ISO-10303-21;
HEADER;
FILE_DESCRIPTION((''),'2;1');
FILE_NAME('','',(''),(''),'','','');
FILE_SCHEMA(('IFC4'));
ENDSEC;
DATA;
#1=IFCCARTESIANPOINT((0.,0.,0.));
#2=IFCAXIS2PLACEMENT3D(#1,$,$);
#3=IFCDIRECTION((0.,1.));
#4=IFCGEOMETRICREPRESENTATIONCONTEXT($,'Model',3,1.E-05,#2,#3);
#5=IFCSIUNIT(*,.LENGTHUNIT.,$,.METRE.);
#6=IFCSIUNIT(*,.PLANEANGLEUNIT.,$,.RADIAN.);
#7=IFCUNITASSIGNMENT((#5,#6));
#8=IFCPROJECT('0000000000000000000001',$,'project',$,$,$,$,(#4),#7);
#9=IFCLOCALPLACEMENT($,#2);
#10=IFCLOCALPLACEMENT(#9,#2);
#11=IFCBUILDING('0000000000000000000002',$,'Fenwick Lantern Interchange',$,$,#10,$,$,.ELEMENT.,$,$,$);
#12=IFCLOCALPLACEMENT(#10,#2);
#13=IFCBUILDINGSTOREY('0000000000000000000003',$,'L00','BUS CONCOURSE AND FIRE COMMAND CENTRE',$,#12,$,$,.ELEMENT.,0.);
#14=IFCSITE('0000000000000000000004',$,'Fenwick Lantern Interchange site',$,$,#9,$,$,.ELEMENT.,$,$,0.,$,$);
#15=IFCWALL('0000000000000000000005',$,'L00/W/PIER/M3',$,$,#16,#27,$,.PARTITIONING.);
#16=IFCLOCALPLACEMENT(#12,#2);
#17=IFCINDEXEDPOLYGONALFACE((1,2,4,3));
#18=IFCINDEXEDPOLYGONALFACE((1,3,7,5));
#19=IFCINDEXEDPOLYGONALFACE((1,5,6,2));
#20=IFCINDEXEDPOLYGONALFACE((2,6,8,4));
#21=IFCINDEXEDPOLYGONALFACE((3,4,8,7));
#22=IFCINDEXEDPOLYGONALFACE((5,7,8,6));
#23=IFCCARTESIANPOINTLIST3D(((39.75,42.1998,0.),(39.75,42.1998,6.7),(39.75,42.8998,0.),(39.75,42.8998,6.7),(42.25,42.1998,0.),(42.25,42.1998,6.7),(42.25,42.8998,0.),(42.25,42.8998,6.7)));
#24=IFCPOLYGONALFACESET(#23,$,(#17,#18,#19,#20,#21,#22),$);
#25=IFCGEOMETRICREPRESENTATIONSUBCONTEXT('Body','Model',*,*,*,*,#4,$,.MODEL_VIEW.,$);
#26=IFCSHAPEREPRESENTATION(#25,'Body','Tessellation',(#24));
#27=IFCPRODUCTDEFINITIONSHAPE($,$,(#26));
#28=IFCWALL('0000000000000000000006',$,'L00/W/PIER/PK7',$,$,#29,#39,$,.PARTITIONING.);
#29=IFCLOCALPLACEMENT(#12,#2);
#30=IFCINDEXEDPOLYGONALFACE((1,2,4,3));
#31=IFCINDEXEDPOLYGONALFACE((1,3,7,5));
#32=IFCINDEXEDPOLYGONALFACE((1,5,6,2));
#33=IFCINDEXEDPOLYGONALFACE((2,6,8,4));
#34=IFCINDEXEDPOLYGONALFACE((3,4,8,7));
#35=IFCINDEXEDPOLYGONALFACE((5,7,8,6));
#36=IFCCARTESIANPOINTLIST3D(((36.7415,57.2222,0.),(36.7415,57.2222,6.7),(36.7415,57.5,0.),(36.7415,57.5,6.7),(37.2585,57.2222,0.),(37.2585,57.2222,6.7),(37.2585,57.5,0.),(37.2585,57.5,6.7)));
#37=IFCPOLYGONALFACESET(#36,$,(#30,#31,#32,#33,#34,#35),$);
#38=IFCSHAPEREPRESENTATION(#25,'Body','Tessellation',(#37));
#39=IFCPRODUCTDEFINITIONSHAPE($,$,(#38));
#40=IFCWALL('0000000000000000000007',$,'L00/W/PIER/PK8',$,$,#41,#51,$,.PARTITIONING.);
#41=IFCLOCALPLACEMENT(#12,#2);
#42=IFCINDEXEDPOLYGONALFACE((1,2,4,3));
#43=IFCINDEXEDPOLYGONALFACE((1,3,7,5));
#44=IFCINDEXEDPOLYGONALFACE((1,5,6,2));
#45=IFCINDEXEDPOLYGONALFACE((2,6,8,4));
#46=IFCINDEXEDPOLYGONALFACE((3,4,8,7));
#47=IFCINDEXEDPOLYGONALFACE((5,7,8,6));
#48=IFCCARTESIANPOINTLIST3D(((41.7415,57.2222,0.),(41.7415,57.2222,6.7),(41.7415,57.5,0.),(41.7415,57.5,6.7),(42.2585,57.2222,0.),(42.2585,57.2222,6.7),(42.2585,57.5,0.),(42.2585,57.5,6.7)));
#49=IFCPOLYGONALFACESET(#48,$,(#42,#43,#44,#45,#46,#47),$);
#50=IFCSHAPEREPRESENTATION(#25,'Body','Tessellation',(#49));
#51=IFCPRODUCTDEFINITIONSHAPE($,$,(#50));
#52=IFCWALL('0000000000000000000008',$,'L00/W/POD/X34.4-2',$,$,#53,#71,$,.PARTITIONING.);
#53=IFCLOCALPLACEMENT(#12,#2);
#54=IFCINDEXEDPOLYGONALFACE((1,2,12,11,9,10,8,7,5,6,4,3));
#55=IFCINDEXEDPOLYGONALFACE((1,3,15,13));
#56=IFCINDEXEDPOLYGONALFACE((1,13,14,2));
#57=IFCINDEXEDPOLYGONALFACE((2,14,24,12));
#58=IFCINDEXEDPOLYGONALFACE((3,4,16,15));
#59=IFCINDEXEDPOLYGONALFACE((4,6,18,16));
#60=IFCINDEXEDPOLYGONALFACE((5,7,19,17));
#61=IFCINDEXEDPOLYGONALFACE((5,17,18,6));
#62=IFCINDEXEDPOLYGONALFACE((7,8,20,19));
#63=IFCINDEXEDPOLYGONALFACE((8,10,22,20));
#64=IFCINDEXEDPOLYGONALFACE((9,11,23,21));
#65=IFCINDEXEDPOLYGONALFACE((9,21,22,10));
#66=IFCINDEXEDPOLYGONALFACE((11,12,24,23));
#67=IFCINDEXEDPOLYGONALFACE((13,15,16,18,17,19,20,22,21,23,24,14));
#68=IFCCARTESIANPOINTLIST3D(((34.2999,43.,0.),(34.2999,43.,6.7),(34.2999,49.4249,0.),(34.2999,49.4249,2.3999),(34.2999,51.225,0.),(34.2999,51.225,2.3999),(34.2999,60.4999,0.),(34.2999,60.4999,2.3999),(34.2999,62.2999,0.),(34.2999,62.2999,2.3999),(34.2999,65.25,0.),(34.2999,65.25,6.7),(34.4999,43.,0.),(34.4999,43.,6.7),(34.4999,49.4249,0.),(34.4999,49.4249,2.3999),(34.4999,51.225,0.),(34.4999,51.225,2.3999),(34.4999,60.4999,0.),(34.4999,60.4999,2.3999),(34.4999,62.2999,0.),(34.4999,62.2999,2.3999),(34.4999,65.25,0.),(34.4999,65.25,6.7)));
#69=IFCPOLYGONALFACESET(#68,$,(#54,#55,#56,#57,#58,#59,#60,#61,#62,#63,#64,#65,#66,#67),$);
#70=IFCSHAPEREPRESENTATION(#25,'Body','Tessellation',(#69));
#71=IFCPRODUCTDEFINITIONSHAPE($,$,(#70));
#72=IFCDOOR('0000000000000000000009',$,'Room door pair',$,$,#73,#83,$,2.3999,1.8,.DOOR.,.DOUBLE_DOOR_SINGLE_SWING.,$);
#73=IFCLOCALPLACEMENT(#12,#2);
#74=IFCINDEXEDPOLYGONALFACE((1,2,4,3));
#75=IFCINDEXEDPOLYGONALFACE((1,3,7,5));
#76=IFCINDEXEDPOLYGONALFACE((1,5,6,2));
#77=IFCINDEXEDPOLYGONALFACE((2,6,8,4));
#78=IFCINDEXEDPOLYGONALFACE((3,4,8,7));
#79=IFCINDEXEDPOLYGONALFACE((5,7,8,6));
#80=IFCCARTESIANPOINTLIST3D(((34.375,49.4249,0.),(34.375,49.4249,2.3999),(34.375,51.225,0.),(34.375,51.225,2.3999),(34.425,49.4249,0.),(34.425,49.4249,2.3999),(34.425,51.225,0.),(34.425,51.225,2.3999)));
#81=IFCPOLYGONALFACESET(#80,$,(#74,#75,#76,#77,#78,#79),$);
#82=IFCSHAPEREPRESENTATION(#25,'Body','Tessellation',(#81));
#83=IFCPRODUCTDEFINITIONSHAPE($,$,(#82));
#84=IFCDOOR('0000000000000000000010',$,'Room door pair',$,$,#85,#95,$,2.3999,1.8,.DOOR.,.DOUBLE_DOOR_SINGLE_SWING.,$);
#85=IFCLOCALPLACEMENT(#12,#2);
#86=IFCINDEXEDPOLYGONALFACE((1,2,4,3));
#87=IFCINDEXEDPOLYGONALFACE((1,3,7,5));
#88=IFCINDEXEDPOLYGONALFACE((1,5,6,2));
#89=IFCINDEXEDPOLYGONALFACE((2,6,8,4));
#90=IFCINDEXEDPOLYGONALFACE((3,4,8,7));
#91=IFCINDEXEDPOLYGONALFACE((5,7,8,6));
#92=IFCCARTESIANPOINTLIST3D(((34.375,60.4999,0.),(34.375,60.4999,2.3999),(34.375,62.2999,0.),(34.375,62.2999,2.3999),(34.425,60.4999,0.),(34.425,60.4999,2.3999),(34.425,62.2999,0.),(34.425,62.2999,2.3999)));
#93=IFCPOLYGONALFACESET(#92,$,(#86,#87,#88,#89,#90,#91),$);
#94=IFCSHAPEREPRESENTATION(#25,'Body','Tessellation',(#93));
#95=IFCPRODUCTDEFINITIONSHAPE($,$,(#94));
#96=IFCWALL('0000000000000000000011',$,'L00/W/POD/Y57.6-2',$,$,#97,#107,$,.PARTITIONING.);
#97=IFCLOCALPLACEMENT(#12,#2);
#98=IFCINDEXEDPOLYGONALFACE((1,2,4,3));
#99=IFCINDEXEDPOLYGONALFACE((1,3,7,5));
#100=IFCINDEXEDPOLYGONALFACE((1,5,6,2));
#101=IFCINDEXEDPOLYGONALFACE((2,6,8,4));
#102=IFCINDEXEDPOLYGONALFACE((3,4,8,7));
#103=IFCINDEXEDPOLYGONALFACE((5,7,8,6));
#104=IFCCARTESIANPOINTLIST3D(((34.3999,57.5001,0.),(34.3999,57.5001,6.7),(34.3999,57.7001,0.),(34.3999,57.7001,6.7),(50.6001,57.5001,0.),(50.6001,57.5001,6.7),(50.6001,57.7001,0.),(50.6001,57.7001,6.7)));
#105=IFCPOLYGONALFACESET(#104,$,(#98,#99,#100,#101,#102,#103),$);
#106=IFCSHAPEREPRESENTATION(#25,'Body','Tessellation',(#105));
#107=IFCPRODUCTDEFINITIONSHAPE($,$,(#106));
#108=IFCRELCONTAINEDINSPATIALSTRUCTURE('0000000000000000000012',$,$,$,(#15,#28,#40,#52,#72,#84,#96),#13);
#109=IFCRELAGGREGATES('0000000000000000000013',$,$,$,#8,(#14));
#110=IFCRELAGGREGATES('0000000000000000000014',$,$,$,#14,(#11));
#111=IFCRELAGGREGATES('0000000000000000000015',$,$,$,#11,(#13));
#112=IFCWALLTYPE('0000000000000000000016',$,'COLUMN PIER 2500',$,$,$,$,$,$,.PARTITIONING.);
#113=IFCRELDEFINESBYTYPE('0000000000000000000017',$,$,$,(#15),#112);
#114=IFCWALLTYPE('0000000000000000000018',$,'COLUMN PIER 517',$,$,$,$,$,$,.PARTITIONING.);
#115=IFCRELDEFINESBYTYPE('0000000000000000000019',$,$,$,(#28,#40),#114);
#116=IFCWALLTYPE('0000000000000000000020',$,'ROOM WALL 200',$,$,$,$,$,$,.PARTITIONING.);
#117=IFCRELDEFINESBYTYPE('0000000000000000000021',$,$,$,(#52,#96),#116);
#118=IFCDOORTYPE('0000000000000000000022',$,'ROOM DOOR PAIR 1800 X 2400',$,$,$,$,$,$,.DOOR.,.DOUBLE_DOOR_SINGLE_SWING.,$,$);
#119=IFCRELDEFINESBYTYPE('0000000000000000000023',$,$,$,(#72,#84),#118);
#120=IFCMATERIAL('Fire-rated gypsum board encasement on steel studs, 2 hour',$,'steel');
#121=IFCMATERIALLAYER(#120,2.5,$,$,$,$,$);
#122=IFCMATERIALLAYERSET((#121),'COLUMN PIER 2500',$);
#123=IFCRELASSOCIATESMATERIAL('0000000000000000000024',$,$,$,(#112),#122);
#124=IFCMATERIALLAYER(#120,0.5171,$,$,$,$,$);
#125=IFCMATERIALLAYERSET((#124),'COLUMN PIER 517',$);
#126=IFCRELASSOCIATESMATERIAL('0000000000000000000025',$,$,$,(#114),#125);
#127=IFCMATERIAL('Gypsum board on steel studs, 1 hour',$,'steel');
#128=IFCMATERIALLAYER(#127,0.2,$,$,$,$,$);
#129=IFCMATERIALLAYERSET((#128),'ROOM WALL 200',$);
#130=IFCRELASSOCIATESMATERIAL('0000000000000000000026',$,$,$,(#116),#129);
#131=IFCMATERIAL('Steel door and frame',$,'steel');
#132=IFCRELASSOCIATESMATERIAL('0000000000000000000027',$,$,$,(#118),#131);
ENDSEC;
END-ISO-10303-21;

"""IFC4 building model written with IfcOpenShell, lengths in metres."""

from ifc_helpers import new_model, si_unit, direction, frame, frame_2d, origin, place, context, subcontext, project, spatial, rectangle, extrude, material, layer, layer_set, type_object, element, fill, save


model = new_model("IFC4")

# Units and contexts
model_context = context("Model", 3, precision=1e-05, world=origin(), true_north=direction((0.0, 1.0)))
body_context = subcontext(model_context, "Body", "Model", "MODEL_VIEW")
ifc_project = project(units=[si_unit("LENGTHUNIT", "METRE"), si_unit("PLANEANGLEUNIT", "RADIAN")], contexts=[model_context])

# Site, building, storey
site_placement = place(None, origin())
site = spatial("IfcSite", under=ifc_project, at=site_placement, Name="Fenwick Lantern Interchange site", CompositionType="ELEMENT", RefElevation=0.0)
building_placement = place(site_placement, origin())
building = spatial("IfcBuilding", under=site, at=building_placement, Name="Fenwick Lantern Interchange", CompositionType="ELEMENT")
storey_placement = place(building_placement, origin())
storey = spatial("IfcBuildingStorey", under=building, at=storey_placement, Name="L00", Description="BUS CONCOURSE AND FIRE COMMAND CENTRE", CompositionType="ELEMENT", Elevation=0.0)

# Walls
ifc_material_1 = material(Name="Fire-rated gypsum board encasement on steel studs, 2 hour", Category="steel")
ifc_layer_1 = layer(ifc_material_1, 2.5)
ifc_layer_set_1 = layer_set([ifc_layer_1], Name="COLUMN PIER 2500")
wall_type_1 = type_object("IfcWallType", Name="COLUMN PIER 2500", PredefinedType="PARTITIONING", material=ifc_layer_set_1)
wall_1_placement = place(storey_placement, frame((41.0, 42.8999, 0.0), z_axis=(0.0, 0.0, 1.0), x_axis=(0.0, -1.0, 0.0)))
element("IfcWall", 1, at=wall_1_placement, inside=storey, type_object=wall_type_1, Name="L00/W/PIER/M3", PredefinedType="PARTITIONING", context=body_context, shape_type="SweptSolid", body=[
    extrude(rectangle(XDim=0.7, YDim=2.5, at=frame_2d((0.3501, 0.0))), origin(), (0.0, 0.0, 1.0), 6.7),
])
ifc_layer_2 = layer(ifc_material_1, 0.5171)
ifc_layer_set_2 = layer_set([ifc_layer_2], Name="COLUMN PIER 517")
wall_type_2 = type_object("IfcWallType", Name="COLUMN PIER 517", PredefinedType="PARTITIONING", material=ifc_layer_set_2)
for number, where, z_axis, x_axis, name in (
    (2, (37.0, 57.5, 0.0), (0.0, 0.0, 1.0), (0.0, -1.0, 0.0), "L00/W/PIER/PK7"),
    (3, (42.0, 57.5, 0.0), (0.0, 0.0, 1.0), (0.0, -1.0, 0.0), "L00/W/PIER/PK8"),
):
    element("IfcWall", number, at=place(storey_placement, frame(where, z_axis=z_axis, x_axis=x_axis)), inside=storey, type_object=wall_type_2, Name=name, PredefinedType="PARTITIONING", context=body_context, shape_type="SweptSolid", body=[
        extrude(rectangle(XDim=0.2778, YDim=0.5171, at=frame_2d((0.1389, 0.0))), origin(), (0.0, 0.0, 1.0), 6.7),
    ])

# Wall, openings, doors
ifc_material_2 = material(Name="Gypsum board on steel studs, 1 hour", Category="steel")
ifc_layer_3 = layer(ifc_material_2, 0.2)
ifc_layer_set_3 = layer_set([ifc_layer_3], Name="ROOM WALL 200")
wall_type_3 = type_object("IfcWallType", Name="ROOM WALL 200", PredefinedType="PARTITIONING", material=ifc_layer_set_3)
wall_2_placement = place(storey_placement, frame((34.3999, 43.0, 0.0), z_axis=(0.0, 0.0, 1.0), x_axis=(0.0, 1.0, 0.0)))
wall_2 = element("IfcWall", 4, at=wall_2_placement, inside=storey, type_object=wall_type_3, Name="L00/W/POD/X34.4-2", PredefinedType="PARTITIONING", context=body_context, shape_type="SweptSolid", body=[
    extrude(rectangle(XDim=22.25, YDim=0.2, at=frame_2d((11.125, 0.0))), origin(), (0.0, 0.0, 1.0), 6.7),
])
opening_1_placement = place(wall_2_placement, frame((6.425, 0.0, 0.0)))
opening_1 = element("IfcOpeningElement", 5, at=opening_1_placement, cuts=wall_2, PredefinedType="OPENING", context=body_context, shape_type="SweptSolid", body=[
    extrude(rectangle(XDim=1.8, YDim=2.3999, at=frame_2d((0.8999, 1.2))), frame((0.0, 0.1099, 0.0), z_axis=(0.0, -1.0, 0.0), x_axis=(1.0, 0.0, 0.0)), (0.0, 0.0, 1.0), 0.22),
])
opening_2_placement = place(wall_2_placement, frame((17.5, 0.0, 0.0)))
opening_2 = element("IfcOpeningElement", 6, at=opening_2_placement, cuts=wall_2, PredefinedType="OPENING", context=body_context, shape_type="SweptSolid", body=[
    extrude(rectangle(XDim=1.8, YDim=2.3999, at=frame_2d((0.8999, 1.2))), frame((0.0, 0.1099, 0.0), z_axis=(0.0, -1.0, 0.0), x_axis=(1.0, 0.0, 0.0)), (0.0, 0.0, 1.0), 0.22),
])
ifc_material_3 = material(Name="Steel door and frame", Category="steel")
door_type = type_object("IfcDoorType", Name="ROOM DOOR PAIR 1800 X 2400", OperationType="DOUBLE_DOOR_SINGLE_SWING", PredefinedType="DOOR", material=ifc_material_3)
door_1_placement = place(opening_1_placement, origin())
door_1 = element("IfcDoor", 7, at=door_1_placement, inside=storey, type_object=door_type, Name="Room door pair", OperationType="DOUBLE_DOOR_SINGLE_SWING", OverallHeight=2.3999, OverallWidth=1.8, PredefinedType="DOOR", context=body_context, shape_type="SweptSolid", body=[
    extrude(rectangle(XDim=1.8, YDim=2.3999, at=frame_2d((0.8999, 1.2))), frame((0.0, 0.0249, 0.0), z_axis=(0.0, -1.0, 0.0), x_axis=(1.0, 0.0, 0.0)), (0.0, 0.0, 1.0), 0.05),
])
fill(opening_1, door_1)
door_2_placement = place(opening_2_placement, origin())
door_2 = element("IfcDoor", 8, at=door_2_placement, inside=storey, type_object=door_type, Name="Room door pair", OperationType="DOUBLE_DOOR_SINGLE_SWING", OverallHeight=2.3999, OverallWidth=1.8, PredefinedType="DOOR", context=body_context, shape_type="SweptSolid", body=[
    extrude(rectangle(XDim=1.8, YDim=2.3999, at=frame_2d((0.8999, 1.2))), frame((0.0, 0.0249, 0.0), z_axis=(0.0, -1.0, 0.0), x_axis=(1.0, 0.0, 0.0)), (0.0, 0.0, 1.0), 0.05),
])
fill(opening_2, door_2)

# Wall
wall_3_placement = place(storey_placement, frame((34.3999, 57.6001, 0.0), z_axis=(0.0, 0.0, 1.0), x_axis=(1.0, 0.0, 0.0)))
element("IfcWall", 9, at=wall_3_placement, inside=storey, type_object=wall_type_3, Name="L00/W/POD/Y57.6-2", PredefinedType="PARTITIONING", context=body_context, shape_type="SweptSolid", body=[
    extrude(rectangle(XDim=16.2002, YDim=0.2, at=frame_2d((8.1001, 0.0))), origin(), (0.0, 0.0, 1.0), 6.7),
])

save(model, "model.ifc")
